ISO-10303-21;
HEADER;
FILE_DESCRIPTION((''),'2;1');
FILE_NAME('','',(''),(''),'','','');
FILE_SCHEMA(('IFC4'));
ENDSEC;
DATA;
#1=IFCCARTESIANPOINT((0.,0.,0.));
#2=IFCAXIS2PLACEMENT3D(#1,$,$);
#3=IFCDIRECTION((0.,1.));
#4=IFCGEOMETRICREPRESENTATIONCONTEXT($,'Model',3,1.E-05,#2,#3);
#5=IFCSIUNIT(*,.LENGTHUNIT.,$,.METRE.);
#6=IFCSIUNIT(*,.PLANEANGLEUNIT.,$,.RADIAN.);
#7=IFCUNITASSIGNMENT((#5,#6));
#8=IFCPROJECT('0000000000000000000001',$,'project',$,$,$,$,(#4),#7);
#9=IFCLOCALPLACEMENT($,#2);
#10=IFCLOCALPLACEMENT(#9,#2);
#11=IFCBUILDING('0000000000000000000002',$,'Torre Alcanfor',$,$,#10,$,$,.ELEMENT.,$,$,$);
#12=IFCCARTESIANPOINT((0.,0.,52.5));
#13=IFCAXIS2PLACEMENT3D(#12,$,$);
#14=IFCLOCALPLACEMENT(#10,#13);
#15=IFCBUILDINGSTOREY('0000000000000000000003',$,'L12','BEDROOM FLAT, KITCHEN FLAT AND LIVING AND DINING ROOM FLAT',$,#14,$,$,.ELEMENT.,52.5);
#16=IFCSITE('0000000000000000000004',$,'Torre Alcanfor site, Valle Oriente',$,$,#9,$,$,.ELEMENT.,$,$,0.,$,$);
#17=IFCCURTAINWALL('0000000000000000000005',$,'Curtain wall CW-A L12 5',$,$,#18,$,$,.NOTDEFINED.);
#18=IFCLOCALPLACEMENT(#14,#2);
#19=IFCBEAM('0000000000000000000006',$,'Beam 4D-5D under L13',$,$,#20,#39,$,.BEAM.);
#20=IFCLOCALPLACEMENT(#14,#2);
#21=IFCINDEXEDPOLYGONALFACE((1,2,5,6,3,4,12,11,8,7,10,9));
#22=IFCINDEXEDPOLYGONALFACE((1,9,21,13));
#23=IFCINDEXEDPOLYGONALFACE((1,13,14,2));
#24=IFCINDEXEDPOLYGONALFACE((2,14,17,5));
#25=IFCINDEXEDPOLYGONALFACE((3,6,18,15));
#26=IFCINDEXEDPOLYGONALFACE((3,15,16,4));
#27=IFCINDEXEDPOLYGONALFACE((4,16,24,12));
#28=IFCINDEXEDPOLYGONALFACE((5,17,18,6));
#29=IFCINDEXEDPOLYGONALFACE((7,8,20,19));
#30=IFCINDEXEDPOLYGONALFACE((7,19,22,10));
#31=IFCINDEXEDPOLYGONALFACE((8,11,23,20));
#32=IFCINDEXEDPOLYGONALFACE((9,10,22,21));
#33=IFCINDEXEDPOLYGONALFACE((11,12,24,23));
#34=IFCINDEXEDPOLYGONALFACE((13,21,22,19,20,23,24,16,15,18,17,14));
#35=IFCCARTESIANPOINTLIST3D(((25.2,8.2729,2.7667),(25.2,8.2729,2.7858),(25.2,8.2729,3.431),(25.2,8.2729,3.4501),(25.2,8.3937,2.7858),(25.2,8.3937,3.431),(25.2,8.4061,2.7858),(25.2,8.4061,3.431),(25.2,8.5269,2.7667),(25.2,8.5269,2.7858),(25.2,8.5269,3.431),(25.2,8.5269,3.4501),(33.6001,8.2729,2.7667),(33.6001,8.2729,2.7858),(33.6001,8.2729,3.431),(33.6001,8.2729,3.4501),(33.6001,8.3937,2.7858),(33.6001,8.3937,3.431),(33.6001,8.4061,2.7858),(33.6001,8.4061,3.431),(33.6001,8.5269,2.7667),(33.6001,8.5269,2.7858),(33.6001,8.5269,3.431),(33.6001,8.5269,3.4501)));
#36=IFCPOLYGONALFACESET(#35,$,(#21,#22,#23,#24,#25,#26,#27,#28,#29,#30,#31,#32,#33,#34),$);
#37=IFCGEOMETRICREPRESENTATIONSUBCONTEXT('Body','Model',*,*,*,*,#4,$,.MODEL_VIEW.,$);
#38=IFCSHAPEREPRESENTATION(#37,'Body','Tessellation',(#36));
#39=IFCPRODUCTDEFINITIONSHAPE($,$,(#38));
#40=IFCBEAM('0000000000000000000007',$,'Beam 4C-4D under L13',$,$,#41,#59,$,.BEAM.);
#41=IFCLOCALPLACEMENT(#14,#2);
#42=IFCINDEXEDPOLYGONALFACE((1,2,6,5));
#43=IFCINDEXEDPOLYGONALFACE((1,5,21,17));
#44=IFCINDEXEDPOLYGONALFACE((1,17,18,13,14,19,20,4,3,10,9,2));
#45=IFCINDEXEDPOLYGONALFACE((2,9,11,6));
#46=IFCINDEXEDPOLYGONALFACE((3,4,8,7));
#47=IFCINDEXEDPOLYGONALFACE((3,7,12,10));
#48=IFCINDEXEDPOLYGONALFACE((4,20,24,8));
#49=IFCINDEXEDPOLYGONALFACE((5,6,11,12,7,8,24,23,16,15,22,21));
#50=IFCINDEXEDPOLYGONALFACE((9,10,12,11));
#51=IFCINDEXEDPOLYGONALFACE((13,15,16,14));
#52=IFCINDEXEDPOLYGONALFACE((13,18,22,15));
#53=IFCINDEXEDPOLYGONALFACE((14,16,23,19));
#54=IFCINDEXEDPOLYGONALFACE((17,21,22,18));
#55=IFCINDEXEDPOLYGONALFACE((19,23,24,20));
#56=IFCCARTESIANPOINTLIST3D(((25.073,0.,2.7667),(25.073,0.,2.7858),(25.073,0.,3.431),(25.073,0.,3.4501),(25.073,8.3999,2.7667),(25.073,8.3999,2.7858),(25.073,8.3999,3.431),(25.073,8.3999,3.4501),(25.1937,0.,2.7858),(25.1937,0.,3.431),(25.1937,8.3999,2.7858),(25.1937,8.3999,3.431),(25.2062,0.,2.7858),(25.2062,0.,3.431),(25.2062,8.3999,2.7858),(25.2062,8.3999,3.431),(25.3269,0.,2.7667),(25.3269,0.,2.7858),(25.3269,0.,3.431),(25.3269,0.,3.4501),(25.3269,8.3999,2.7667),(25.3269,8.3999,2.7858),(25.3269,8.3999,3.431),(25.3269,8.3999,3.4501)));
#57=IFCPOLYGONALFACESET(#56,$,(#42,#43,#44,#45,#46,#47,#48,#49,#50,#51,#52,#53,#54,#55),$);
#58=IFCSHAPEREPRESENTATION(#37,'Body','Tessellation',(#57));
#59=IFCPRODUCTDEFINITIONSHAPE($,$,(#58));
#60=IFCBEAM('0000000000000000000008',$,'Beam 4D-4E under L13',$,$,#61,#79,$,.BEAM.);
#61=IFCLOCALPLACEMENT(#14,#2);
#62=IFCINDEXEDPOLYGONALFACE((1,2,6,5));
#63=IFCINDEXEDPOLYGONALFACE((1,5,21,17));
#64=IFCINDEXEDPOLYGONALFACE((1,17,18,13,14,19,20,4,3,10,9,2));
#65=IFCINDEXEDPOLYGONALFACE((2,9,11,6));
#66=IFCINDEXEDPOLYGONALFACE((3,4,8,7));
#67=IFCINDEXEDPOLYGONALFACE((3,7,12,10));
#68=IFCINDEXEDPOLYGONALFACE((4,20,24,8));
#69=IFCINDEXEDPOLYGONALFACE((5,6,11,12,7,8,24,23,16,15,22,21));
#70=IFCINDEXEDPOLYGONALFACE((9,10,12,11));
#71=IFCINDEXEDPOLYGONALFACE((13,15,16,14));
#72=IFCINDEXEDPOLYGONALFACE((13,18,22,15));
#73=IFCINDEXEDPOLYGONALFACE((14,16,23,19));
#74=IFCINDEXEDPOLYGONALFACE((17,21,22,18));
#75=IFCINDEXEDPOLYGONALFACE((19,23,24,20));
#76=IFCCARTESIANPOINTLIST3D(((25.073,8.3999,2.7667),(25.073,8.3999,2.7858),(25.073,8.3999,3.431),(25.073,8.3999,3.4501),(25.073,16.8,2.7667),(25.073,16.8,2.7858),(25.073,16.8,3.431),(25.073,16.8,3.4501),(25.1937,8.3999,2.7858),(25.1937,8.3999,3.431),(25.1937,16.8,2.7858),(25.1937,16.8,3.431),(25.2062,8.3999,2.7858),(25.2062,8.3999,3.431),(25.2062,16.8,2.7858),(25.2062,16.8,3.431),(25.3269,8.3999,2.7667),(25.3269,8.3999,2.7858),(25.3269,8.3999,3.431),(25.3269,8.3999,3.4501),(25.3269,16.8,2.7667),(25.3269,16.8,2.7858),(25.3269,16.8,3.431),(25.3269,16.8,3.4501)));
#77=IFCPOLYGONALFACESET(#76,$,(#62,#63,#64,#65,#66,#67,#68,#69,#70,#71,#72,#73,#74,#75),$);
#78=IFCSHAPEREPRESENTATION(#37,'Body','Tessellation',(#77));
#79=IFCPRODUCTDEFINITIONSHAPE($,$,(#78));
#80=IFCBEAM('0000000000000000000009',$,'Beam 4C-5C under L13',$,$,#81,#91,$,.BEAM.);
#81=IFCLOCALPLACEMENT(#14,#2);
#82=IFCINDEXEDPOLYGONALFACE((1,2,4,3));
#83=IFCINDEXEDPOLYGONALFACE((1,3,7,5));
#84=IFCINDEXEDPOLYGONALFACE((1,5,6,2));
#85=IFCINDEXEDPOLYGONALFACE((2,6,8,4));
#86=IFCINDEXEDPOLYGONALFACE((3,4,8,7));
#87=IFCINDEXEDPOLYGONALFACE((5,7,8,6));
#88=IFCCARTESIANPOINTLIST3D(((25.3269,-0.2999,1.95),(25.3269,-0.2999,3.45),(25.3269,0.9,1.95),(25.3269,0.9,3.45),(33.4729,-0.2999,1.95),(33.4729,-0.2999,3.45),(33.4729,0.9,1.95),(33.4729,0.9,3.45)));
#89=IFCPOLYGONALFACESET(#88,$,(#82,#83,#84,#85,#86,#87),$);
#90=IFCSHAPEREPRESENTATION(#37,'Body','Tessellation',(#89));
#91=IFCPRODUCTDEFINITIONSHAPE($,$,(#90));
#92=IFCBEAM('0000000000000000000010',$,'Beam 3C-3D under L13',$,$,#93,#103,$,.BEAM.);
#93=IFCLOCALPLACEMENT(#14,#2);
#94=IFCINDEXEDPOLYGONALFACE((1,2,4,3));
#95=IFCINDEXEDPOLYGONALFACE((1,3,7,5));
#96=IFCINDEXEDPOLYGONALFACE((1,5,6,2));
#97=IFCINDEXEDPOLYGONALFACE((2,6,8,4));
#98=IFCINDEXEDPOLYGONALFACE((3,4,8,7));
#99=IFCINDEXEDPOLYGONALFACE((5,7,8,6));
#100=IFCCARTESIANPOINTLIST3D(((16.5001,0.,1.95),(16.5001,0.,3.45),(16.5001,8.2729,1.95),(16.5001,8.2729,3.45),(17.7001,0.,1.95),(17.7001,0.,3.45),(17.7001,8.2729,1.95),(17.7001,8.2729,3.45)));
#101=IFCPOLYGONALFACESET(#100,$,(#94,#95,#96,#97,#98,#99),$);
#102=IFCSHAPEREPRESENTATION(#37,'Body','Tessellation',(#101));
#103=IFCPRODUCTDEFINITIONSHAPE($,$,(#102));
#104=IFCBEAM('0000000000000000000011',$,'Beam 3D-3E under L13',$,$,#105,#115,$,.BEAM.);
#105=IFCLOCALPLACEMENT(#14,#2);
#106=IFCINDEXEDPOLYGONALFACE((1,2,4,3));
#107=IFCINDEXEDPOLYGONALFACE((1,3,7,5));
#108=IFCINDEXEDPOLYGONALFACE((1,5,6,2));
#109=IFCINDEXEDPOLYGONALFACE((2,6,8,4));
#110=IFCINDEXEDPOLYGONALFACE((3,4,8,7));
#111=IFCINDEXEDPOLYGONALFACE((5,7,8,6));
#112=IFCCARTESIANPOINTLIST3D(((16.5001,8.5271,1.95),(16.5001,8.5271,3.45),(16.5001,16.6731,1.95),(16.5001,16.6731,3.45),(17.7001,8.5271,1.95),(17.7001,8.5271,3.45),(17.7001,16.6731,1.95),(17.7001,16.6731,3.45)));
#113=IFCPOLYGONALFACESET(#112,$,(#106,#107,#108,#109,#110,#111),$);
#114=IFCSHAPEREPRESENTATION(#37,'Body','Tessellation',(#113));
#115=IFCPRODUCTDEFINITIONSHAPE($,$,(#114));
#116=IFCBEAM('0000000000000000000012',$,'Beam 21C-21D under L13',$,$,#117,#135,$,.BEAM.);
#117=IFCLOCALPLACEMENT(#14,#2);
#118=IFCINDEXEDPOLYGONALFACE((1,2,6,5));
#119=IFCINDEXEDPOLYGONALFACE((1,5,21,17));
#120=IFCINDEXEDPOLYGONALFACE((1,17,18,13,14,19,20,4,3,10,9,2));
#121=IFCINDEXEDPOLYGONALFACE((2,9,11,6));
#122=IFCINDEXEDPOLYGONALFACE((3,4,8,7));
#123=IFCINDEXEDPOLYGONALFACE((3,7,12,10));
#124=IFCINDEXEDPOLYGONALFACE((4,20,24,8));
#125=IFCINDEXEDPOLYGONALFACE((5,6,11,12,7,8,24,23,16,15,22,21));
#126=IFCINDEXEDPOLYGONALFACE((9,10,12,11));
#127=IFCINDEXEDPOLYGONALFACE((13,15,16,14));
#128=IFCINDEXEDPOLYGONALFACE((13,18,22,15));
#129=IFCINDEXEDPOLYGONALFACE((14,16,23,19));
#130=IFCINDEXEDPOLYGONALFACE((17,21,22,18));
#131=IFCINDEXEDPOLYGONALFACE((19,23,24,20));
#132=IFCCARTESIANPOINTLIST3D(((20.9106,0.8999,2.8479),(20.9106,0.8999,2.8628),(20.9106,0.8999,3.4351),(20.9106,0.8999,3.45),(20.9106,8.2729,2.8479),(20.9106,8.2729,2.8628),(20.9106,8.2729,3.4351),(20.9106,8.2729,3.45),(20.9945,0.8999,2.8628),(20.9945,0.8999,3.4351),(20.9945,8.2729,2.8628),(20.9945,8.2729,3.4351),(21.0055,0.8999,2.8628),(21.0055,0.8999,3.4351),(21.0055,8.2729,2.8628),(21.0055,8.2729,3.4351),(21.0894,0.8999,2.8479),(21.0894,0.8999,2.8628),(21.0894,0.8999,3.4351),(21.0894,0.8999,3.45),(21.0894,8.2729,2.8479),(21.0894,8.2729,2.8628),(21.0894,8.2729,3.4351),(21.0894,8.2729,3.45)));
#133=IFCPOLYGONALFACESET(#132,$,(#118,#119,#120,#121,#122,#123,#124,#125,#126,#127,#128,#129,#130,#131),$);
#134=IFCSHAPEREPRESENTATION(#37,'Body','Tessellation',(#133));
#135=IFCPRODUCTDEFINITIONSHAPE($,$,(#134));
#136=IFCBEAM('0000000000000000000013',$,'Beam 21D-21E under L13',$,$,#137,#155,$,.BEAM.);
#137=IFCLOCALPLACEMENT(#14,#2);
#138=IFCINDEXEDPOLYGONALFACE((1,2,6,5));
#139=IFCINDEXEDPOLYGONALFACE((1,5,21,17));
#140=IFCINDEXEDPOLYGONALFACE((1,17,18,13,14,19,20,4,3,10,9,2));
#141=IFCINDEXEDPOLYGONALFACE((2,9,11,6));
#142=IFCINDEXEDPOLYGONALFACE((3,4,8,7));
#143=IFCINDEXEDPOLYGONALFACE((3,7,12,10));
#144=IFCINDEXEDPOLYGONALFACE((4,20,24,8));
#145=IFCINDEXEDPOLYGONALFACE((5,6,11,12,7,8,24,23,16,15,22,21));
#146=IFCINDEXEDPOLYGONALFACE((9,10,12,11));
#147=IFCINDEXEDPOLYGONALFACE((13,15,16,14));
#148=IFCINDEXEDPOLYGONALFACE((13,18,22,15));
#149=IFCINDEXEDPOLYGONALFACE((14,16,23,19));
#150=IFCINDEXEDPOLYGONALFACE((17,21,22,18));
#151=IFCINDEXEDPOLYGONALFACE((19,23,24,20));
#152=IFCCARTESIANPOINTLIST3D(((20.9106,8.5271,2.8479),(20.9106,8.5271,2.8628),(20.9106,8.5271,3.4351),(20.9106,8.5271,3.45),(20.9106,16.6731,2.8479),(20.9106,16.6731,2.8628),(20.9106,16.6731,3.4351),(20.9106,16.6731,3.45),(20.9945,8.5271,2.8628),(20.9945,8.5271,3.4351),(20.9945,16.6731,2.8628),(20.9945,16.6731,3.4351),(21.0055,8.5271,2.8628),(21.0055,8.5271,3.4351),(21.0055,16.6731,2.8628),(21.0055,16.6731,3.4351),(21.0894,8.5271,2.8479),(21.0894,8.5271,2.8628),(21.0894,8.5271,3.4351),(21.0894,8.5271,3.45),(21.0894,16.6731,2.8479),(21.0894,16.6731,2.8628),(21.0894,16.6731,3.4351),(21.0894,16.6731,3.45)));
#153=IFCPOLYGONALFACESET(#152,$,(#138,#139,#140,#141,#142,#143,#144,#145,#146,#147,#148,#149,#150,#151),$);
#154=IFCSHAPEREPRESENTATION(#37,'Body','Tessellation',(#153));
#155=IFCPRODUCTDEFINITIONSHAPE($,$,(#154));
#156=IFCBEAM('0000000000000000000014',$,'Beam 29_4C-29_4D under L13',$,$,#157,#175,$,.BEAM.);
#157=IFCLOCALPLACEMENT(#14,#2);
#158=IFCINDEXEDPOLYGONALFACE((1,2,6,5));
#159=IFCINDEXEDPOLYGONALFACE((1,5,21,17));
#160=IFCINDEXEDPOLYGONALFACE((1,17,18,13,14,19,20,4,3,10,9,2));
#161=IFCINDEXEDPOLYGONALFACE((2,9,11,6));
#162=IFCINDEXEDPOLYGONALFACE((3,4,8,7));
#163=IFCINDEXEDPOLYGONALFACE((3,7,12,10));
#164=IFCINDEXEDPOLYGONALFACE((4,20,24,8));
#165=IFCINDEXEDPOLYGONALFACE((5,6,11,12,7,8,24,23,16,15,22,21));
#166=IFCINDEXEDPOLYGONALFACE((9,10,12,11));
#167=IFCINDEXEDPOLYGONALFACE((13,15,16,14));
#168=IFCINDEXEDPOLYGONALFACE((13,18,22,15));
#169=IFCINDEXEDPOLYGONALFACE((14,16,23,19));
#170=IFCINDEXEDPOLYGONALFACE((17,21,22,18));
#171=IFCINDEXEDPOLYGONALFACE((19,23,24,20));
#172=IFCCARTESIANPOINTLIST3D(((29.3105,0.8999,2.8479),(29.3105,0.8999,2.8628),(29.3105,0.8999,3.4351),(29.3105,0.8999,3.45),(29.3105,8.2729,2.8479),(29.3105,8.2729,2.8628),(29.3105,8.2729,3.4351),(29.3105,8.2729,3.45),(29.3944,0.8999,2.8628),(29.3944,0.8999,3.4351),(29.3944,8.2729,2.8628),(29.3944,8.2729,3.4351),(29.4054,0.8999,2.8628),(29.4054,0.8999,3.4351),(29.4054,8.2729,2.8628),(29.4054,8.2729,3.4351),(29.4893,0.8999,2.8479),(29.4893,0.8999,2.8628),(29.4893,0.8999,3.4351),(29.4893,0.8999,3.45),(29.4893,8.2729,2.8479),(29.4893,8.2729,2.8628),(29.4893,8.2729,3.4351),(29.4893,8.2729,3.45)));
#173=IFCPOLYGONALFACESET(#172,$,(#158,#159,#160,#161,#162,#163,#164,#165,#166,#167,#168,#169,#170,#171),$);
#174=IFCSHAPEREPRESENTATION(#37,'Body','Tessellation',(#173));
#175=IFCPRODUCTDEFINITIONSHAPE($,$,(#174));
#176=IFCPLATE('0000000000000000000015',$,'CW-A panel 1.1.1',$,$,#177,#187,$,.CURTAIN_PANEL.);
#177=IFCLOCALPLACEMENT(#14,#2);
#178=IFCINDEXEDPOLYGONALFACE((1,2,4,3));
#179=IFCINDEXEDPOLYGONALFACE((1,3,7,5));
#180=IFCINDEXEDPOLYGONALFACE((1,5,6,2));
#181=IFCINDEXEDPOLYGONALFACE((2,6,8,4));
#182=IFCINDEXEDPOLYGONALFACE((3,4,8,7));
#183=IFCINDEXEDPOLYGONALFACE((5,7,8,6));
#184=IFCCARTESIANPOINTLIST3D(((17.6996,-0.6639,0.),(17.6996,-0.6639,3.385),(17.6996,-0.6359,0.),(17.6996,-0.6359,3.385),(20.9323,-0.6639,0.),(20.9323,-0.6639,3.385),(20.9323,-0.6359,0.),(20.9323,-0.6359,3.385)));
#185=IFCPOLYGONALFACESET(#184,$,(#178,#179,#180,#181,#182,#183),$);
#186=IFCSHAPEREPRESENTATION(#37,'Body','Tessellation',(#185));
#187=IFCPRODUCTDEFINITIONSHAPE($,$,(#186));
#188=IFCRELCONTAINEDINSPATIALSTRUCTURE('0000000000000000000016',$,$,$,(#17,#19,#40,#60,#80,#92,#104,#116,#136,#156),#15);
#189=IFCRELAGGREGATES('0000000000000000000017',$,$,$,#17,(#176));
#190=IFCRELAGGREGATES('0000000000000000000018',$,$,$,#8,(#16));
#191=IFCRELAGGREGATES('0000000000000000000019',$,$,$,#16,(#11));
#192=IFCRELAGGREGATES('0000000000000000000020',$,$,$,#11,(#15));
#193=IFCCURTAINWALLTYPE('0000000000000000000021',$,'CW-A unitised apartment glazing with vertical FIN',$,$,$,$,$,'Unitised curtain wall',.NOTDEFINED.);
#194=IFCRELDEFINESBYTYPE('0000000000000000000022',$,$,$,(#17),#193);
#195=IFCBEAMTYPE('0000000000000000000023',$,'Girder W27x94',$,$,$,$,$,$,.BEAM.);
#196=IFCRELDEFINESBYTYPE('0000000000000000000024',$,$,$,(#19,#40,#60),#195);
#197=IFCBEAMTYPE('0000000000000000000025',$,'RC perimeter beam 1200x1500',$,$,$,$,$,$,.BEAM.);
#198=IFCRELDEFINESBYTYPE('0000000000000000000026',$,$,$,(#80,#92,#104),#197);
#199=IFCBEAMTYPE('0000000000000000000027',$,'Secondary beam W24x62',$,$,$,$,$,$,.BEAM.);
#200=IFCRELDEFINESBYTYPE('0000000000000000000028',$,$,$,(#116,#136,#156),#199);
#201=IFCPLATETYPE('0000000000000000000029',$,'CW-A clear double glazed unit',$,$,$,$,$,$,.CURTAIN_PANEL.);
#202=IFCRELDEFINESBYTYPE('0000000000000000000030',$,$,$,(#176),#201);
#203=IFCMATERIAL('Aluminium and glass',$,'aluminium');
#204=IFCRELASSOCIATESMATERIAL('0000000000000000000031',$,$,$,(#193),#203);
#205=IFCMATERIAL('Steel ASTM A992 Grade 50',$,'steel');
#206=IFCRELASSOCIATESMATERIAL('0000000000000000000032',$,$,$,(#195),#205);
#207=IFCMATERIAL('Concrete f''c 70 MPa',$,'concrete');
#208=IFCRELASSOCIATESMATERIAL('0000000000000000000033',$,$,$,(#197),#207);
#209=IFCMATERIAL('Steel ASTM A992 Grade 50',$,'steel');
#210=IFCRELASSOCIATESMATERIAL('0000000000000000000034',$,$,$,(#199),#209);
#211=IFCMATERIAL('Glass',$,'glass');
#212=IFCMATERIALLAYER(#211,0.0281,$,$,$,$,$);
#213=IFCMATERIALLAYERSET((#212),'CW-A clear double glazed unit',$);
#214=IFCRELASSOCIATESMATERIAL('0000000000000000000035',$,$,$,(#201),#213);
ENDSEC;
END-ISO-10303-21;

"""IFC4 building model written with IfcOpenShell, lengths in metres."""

from ifc_helpers import new_model, si_unit, direction, frame, origin, origin_2d, place, context, subcontext, project, spatial, rectangle, i_section, extrude, material, layer, layer_set, material_profile, profile_set, type_object, element, aggregate, save


model = new_model("IFC4")

# Units and contexts
model_context = context("Model", 3, precision=1e-05, world=origin(), true_north=direction((0.0, 1.0)))
body_context = subcontext(model_context, "Body", "Model", "MODEL_VIEW")
ifc_project = project(units=[si_unit("LENGTHUNIT", "METRE"), si_unit("PLANEANGLEUNIT", "RADIAN")], contexts=[model_context])

# Site, building, storey
site_placement = place(None, origin())
site = spatial("IfcSite", under=ifc_project, at=site_placement, Name="Torre Alcanfor site, Valle Oriente", CompositionType="ELEMENT", RefElevation=0.0)
building_placement = place(site_placement, origin())
building = spatial("IfcBuilding", under=site, at=building_placement, Name="Torre Alcanfor", CompositionType="ELEMENT")
storey_placement = place(building_placement, frame((0.0, 0.0, 52.5)))
storey = spatial("IfcBuildingStorey", under=building, at=storey_placement, Name="L12", Description="BEDROOM FLAT, KITCHEN FLAT AND LIVING AND DINING ROOM FLAT", CompositionType="ELEMENT", Elevation=52.5)

# Curtain wall
ifc_material_1 = material(Name="Aluminium and glass", Category="aluminium")
curtain_wall_type = type_object("IfcCurtainWallType", Name="CW-A unitised apartment glazing with vertical FIN", ElementType="Unitised curtain wall", PredefinedType="NOTDEFINED", material=ifc_material_1)
curtain_wall_placement = place(storey_placement, origin())
curtain_wall = element("IfcCurtainWall", 1, at=curtain_wall_placement, inside=storey, type_object=curtain_wall_type, Name="Curtain wall CW-A L12 5", PredefinedType="NOTDEFINED")

# Beams
ifc_material_2 = material(Name="Steel ASTM A992 Grade 50", Category="steel")
ifc_material_profile_1 = material_profile(ifc_material_2, i_section(OverallWidth=0.2539, OverallDepth=0.6833, WebThickness=0.0125, FlangeThickness=0.019, at=origin_2d()), Name="W27x94")
ifc_profile_set_1 = profile_set([ifc_material_profile_1], Name="Steel ASTM A992 Grade 50")
beam_type_1 = type_object("IfcBeamType", Name="Girder W27x94", PredefinedType="BEAM", material=ifc_profile_set_1)
beam_1_placement = place(storey_placement, frame((25.2, 8.3999, 3.1084), z_axis=(1.0, 0.0, 0.0), x_axis=(0.0, 1.0, 0.0)))
element("IfcBeam", 2, at=beam_1_placement, inside=storey, type_object=beam_type_1, Name="Beam 4D-5D under L13", PredefinedType="BEAM", context=body_context, shape_type="SweptSolid", body=[
    extrude(i_section(OverallWidth=0.2539, OverallDepth=0.6833, WebThickness=0.0125, FlangeThickness=0.019, at=origin_2d()), origin(), (0.0, 0.0, 1.0), 8.4001),
])
beam_2_placement = place(storey_placement, frame((25.2, 0.0, 3.1084), z_axis=(0.0, 1.0, 0.0), x_axis=(-1.0, 0.0, 0.0)))
element("IfcBeam", 3, at=beam_2_placement, inside=storey, type_object=beam_type_1, Name="Beam 4C-4D under L13", PredefinedType="BEAM", context=body_context, shape_type="SweptSolid", body=[
    extrude(i_section(OverallWidth=0.2539, OverallDepth=0.6833, WebThickness=0.0125, FlangeThickness=0.019, at=origin_2d()), origin(), (0.0, 0.0, 1.0), 8.3999),
])
beam_3_placement = place(storey_placement, frame((25.2, 8.3999, 3.1084), z_axis=(0.0, 1.0, 0.0), x_axis=(-1.0, 0.0, 0.0)))
element("IfcBeam", 4, at=beam_3_placement, inside=storey, type_object=beam_type_1, Name="Beam 4D-4E under L13", PredefinedType="BEAM", context=body_context, shape_type="SweptSolid", body=[
    extrude(i_section(OverallWidth=0.2539, OverallDepth=0.6833, WebThickness=0.0125, FlangeThickness=0.019, at=origin_2d()), origin(), (0.0, 0.0, 1.0), 8.4001),
])
ifc_material_3 = material(Name="Concrete f'c 70 MPa", Category="concrete")
ifc_material_profile_2 = material_profile(ifc_material_3, rectangle(XDim=1.2, YDim=1.5, at=origin_2d()), Name="1200x1500")
ifc_profile_set_2 = profile_set([ifc_material_profile_2], Name="Concrete f'c 70 MPa")
beam_type_2 = type_object("IfcBeamType", Name="RC perimeter beam 1200x1500", PredefinedType="BEAM", material=ifc_profile_set_2)
beam_4_placement = place(storey_placement, frame((25.3269, 0.3, 2.7), z_axis=(1.0, 0.0, 0.0), x_axis=(0.0, 1.0, 0.0)))
element("IfcBeam", 5, at=beam_4_placement, inside=storey, type_object=beam_type_2, Name="Beam 4C-5C under L13", PredefinedType="BEAM", context=body_context, shape_type="SweptSolid", body=[
    extrude(rectangle(XDim=1.2, YDim=1.5, at=origin_2d()), origin(), (0.0, 0.0, 1.0), 8.146),
])
beam_5_placement = place(storey_placement, frame((17.1001, 0.0, 2.7), z_axis=(0.0, 1.0, 0.0), x_axis=(-1.0, 0.0, 0.0)))
element("IfcBeam", 6, at=beam_5_placement, inside=storey, type_object=beam_type_2, Name="Beam 3C-3D under L13", PredefinedType="BEAM", context=body_context, shape_type="SweptSolid", body=[
    extrude(rectangle(XDim=1.2, YDim=1.5, at=origin_2d()), origin(), (0.0, 0.0, 1.0), 8.2729),
])
beam_6_placement = place(storey_placement, frame((17.1001, 8.5271, 2.7), z_axis=(0.0, 1.0, 0.0), x_axis=(-1.0, 0.0, 0.0)))
element("IfcBeam", 7, at=beam_6_placement, inside=storey, type_object=beam_type_2, Name="Beam 3D-3E under L13", PredefinedType="BEAM", context=body_context, shape_type="SweptSolid", body=[
    extrude(rectangle(XDim=1.2, YDim=1.5, at=origin_2d()), origin(), (0.0, 0.0, 1.0), 8.146),
])
ifc_material_4 = material(Name="Steel ASTM A992 Grade 50", Category="steel")
ifc_material_profile_3 = material_profile(ifc_material_4, i_section(OverallWidth=0.1787, OverallDepth=0.6021, WebThickness=0.011, FlangeThickness=0.0149, at=origin_2d()), Name="W24x62")
ifc_profile_set_3 = profile_set([ifc_material_profile_3], Name="Steel ASTM A992 Grade 50")
beam_type_3 = type_object("IfcBeamType", Name="Secondary beam W24x62", PredefinedType="BEAM", material=ifc_profile_set_3)
beam_7_placement = place(storey_placement, frame((21.0, 0.8999, 3.1489), z_axis=(0.0, 1.0, 0.0), x_axis=(-1.0, 0.0, 0.0)))
element("IfcBeam", 8, at=beam_7_placement, inside=storey, type_object=beam_type_3, Name="Beam 21C-21D under L13", PredefinedType="BEAM", context=body_context, shape_type="SweptSolid", body=[
    extrude(i_section(OverallWidth=0.1787, OverallDepth=0.6021, WebThickness=0.011, FlangeThickness=0.0149, at=origin_2d()), origin(), (0.0, 0.0, 1.0), 7.373),
])
beam_8_placement = place(storey_placement, frame((21.0, 8.5271, 3.1489), z_axis=(0.0, 1.0, 0.0), x_axis=(-1.0, 0.0, 0.0)))
element("IfcBeam", 9, at=beam_8_placement, inside=storey, type_object=beam_type_3, Name="Beam 21D-21E under L13", PredefinedType="BEAM", context=body_context, shape_type="SweptSolid", body=[
    extrude(i_section(OverallWidth=0.1787, OverallDepth=0.6021, WebThickness=0.011, FlangeThickness=0.0149, at=origin_2d()), origin(), (0.0, 0.0, 1.0), 8.146),
])
beam_9_placement = place(storey_placement, frame((29.3999, 0.8999, 3.1489), z_axis=(0.0, 1.0, 0.0), x_axis=(-1.0, 0.0, 0.0)))
element("IfcBeam", 10, at=beam_9_placement, inside=storey, type_object=beam_type_3, Name="Beam 29_4C-29_4D under L13", PredefinedType="BEAM", context=body_context, shape_type="SweptSolid", body=[
    extrude(i_section(OverallWidth=0.1787, OverallDepth=0.6021, WebThickness=0.011, FlangeThickness=0.0149, at=origin_2d()), origin(), (0.0, 0.0, 1.0), 7.373),
])

# Plate
ifc_material_5 = material(Name="Glass", Category="glass")
ifc_layer_1 = layer(ifc_material_5, 0.0281)
ifc_layer_set_1 = layer_set([ifc_layer_1], Name="CW-A clear double glazed unit")
plate_type = type_object("IfcPlateType", Name="CW-A clear double glazed unit", PredefinedType="CURTAIN_PANEL", material=ifc_layer_set_1)
plate_1_placement = place(storey_placement, frame((19.3159, -0.6499, 0.0), z_axis=(0.0, 0.0, 1.0), x_axis=(1.0, 0.0, 0.0)))
plate_1 = element("IfcPlate", 11, at=plate_1_placement, type_object=plate_type, Name="CW-A panel 1.1.1", PredefinedType="CURTAIN_PANEL", context=body_context, shape_type="SweptSolid", body=[
    extrude(rectangle(XDim=3.2327, YDim=0.0281, at=origin_2d()), origin(), (0.0, 0.0, 1.0), 3.385),
])
aggregate(curtain_wall, [plate_1])

save(model, "model.ifc")
